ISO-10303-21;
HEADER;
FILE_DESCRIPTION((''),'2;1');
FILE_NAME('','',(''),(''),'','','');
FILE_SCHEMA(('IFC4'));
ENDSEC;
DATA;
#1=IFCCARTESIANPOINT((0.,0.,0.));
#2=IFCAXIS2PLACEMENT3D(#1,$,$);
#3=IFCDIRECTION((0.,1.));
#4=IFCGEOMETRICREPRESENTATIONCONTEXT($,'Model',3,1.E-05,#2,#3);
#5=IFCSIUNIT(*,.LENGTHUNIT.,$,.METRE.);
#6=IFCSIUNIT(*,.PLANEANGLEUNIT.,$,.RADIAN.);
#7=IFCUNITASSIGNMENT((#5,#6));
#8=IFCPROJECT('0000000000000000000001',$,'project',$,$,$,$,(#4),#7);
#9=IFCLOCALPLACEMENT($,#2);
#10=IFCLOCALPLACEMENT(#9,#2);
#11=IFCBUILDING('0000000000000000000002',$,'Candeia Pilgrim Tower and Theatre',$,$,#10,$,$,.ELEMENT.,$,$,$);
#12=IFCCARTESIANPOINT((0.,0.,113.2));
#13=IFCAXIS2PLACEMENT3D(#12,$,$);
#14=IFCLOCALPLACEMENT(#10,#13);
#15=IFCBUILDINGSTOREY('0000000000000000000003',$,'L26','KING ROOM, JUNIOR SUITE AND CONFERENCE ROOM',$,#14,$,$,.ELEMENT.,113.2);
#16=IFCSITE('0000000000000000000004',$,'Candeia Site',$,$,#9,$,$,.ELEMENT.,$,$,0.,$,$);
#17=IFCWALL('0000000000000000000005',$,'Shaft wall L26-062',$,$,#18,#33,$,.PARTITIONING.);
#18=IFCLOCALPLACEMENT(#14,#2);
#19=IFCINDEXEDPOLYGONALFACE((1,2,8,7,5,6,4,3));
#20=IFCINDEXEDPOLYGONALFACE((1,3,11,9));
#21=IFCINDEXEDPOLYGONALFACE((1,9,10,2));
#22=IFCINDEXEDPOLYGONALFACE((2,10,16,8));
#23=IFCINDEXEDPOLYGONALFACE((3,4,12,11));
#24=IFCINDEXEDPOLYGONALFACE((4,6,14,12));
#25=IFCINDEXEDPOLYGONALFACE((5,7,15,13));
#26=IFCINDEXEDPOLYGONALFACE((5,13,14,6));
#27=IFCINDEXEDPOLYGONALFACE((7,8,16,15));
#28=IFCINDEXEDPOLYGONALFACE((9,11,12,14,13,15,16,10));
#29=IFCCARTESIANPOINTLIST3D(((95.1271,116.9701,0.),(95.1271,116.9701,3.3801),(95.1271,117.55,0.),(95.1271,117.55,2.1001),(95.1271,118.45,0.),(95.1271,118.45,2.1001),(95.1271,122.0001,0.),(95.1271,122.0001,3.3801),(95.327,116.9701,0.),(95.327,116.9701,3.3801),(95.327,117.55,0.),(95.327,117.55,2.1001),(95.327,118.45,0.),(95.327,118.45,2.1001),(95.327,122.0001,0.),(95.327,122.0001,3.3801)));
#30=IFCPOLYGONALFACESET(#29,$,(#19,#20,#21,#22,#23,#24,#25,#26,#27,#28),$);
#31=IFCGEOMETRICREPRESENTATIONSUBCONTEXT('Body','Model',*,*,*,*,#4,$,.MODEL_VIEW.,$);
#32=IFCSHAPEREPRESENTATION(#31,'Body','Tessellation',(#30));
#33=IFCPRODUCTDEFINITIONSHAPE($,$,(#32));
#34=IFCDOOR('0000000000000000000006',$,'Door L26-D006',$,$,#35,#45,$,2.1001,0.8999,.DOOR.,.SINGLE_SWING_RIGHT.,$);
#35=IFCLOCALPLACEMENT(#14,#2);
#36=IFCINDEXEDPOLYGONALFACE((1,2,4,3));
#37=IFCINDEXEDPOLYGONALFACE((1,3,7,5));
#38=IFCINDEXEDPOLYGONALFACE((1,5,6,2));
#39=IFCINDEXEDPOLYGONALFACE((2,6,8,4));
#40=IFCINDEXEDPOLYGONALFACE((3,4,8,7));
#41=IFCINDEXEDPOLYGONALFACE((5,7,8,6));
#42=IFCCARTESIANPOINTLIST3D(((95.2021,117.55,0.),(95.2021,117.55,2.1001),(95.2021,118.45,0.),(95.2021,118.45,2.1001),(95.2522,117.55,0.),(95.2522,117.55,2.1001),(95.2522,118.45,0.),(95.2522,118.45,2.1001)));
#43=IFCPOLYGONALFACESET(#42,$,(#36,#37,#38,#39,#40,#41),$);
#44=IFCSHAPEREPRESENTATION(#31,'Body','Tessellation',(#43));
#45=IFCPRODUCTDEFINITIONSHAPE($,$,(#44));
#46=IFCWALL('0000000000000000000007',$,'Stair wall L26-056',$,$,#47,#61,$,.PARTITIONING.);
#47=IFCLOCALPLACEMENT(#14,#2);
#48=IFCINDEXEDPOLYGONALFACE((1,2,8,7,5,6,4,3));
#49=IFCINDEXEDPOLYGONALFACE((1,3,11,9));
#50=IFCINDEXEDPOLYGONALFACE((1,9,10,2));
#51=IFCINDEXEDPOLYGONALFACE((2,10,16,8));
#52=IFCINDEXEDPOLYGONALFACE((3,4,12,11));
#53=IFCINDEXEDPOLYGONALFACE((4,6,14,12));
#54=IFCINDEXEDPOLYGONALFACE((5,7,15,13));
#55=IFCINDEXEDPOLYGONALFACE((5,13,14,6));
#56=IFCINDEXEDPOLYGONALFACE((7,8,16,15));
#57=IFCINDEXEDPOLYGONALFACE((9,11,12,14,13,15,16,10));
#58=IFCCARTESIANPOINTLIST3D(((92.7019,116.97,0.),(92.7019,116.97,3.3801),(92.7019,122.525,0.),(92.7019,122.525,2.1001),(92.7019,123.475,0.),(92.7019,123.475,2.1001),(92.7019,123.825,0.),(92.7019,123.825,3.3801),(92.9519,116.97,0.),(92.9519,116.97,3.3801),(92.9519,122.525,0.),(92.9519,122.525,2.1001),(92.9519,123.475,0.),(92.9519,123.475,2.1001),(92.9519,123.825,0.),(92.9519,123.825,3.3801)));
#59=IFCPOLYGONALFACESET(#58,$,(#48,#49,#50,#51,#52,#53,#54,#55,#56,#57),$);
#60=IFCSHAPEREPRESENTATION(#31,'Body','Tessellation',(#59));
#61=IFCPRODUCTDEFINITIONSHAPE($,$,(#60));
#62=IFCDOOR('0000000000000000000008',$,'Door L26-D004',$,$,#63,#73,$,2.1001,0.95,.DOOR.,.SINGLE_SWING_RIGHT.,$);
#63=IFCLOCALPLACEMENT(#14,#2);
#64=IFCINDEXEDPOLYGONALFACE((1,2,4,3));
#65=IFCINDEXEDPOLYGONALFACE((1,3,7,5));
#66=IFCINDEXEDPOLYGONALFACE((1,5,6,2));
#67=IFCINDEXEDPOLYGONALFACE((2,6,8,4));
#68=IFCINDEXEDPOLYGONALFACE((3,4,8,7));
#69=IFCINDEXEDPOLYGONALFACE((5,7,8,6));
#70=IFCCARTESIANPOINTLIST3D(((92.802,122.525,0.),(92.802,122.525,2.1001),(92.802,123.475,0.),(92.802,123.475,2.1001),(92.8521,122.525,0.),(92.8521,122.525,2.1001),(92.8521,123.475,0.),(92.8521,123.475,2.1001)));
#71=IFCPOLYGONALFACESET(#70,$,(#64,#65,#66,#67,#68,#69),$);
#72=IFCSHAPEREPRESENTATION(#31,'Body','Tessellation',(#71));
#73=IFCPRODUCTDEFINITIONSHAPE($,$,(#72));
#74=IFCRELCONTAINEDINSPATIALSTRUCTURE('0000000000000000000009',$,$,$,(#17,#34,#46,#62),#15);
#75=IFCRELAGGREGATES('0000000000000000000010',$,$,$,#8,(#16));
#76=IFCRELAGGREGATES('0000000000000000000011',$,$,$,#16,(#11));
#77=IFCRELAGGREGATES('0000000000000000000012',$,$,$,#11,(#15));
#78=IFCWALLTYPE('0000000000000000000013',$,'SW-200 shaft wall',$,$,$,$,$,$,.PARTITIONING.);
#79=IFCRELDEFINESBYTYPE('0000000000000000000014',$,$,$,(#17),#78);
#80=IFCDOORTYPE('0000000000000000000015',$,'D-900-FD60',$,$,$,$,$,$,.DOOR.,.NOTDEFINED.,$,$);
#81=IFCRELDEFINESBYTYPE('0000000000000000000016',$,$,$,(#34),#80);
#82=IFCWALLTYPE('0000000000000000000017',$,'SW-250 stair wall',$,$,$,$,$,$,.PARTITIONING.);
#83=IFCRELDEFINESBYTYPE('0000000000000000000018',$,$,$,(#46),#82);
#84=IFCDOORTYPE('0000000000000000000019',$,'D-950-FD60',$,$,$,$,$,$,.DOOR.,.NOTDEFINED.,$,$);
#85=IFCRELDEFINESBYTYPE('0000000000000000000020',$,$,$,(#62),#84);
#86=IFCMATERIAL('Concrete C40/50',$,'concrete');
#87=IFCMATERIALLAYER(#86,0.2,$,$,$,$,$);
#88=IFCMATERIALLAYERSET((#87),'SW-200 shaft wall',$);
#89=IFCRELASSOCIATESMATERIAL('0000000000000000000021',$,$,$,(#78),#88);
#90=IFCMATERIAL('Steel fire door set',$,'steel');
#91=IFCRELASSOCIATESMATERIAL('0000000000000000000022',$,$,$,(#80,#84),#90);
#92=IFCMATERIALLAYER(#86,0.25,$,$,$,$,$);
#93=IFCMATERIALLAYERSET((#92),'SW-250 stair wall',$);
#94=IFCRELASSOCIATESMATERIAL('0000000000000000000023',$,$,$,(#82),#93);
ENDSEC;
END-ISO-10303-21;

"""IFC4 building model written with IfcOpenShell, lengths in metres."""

from ifc_helpers import new_model, si_unit, direction, frame, frame_2d, origin, place, context, subcontext, project, spatial, rectangle, extrude, material, layer, layer_set, type_object, element, fill, save


model = new_model("IFC4")

# Units and contexts
model_context = context("Model", 3, precision=1e-05, world=origin(), true_north=direction((0.0, 1.0)))
body_context = subcontext(model_context, "Body", "Model", "MODEL_VIEW")
ifc_project = project(units=[si_unit("LENGTHUNIT", "METRE"), si_unit("PLANEANGLEUNIT", "RADIAN")], contexts=[model_context])

# Site, building, storey
site_placement = place(None, origin())
site = spatial("IfcSite", under=ifc_project, at=site_placement, Name="Candeia Site", CompositionType="ELEMENT", RefElevation=0.0)
building_placement = place(site_placement, origin())
building = spatial("IfcBuilding", under=site, at=building_placement, Name="Candeia Pilgrim Tower and Theatre", CompositionType="ELEMENT")
storey_placement = place(building_placement, frame((0.0, 0.0, 113.2)))
storey = spatial("IfcBuildingStorey", under=building, at=storey_placement, Name="L26", Description="KING ROOM, JUNIOR SUITE AND CONFERENCE ROOM", CompositionType="ELEMENT", Elevation=113.2)

# Walls, openings, doors
ifc_material_1 = material(Name="Concrete C40/50", Category="concrete")
ifc_layer_1 = layer(ifc_material_1, 0.2)
ifc_layer_set_1 = layer_set([ifc_layer_1], Name="SW-200 shaft wall")
wall_type_1 = type_object("IfcWallType", Name="SW-200 shaft wall", PredefinedType="PARTITIONING", material=ifc_layer_set_1)
ifc_material_2 = material(Name="Steel fire door set", Category="steel")
door_type_1 = type_object("IfcDoorType", Name="D-900-FD60", OperationType="NOTDEFINED", PredefinedType="DOOR", material=ifc_material_2)
wall_1_placement = place(storey_placement, frame((95.2271, 116.97, 0.0), z_axis=(0.0, 0.0, 1.0), x_axis=(0.0, 1.0, 0.0)))
wall_1 = element("IfcWall", 1, at=wall_1_placement, inside=storey, type_object=wall_type_1, Name="Shaft wall L26-062", PredefinedType="PARTITIONING", context=body_context, shape_type="SweptSolid", body=[
    extrude(rectangle(XDim=5.03, YDim=0.2, at=frame_2d((2.5151, 0.0))), origin(), (0.0, 0.0, 1.0), 3.3801),
])
opening_1_placement = place(wall_1_placement, frame((0.5801, 0.0, 0.0)))
opening_1 = element("IfcOpeningElement", 2, at=opening_1_placement, cuts=wall_1, PredefinedType="OPENING", context=body_context, shape_type="SweptSolid", body=[
    extrude(rectangle(XDim=0.8999, YDim=2.1001, at=frame_2d((0.45, 1.05))), frame((0.0, 0.1099, 0.0), z_axis=(0.0, -1.0, 0.0), x_axis=(1.0, 0.0, 0.0)), (0.0, 0.0, 1.0), 0.22),
])
door_1_placement = place(opening_1_placement, origin())
door_1 = element("IfcDoor", 3, at=door_1_placement, inside=storey, type_object=door_type_1, Name="Door L26-D006", OperationType="SINGLE_SWING_RIGHT", OverallHeight=2.1001, OverallWidth=0.8999, PredefinedType="DOOR", context=body_context, shape_type="SweptSolid", body=[
    extrude(rectangle(XDim=0.8999, YDim=2.1001, at=frame_2d((0.45, 1.05))), frame((0.0, 0.0249, 0.0), z_axis=(0.0, -1.0, 0.0), x_axis=(1.0, 0.0, 0.0)), (0.0, 0.0, 1.0), 0.05),
])
fill(opening_1, door_1)
ifc_layer_2 = layer(ifc_material_1, 0.25)
ifc_layer_set_2 = layer_set([ifc_layer_2], Name="SW-250 stair wall")
wall_type_2 = type_object("IfcWallType", Name="SW-250 stair wall", PredefinedType="PARTITIONING", material=ifc_layer_set_2)
wall_2_placement = place(storey_placement, frame((92.8269, 116.97, 0.0), z_axis=(0.0, 0.0, 1.0), x_axis=(0.0, 1.0, 0.0)))
wall_2 = element("IfcWall", 4, at=wall_2_placement, inside=storey, type_object=wall_type_2, Name="Stair wall L26-056", PredefinedType="PARTITIONING", context=body_context, shape_type="SweptSolid", body=[
    extrude(rectangle(XDim=6.855, YDim=0.25, at=frame_2d((3.4275, 0.0))), origin(), (0.0, 0.0, 1.0), 3.3801),
])
opening_2_placement = place(wall_2_placement, frame((5.5549, 0.0, 0.0)))
opening_2 = element("IfcOpeningElement", 5, at=opening_2_placement, cuts=wall_2, PredefinedType="OPENING", context=body_context, shape_type="SweptSolid", body=[
    extrude(rectangle(XDim=0.95, YDim=2.1001, at=frame_2d((0.4751, 1.05))), frame((0.0, 0.135, 0.0), z_axis=(0.0, -1.0, 0.0), x_axis=(1.0, 0.0, 0.0)), (0.0, 0.0, 1.0), 0.27),
])
door_type_2 = type_object("IfcDoorType", Name="D-950-FD60", OperationType="NOTDEFINED", PredefinedType="DOOR", material=ifc_material_2)
door_2_placement = place(opening_2_placement, origin())
door_2 = element("IfcDoor", 6, at=door_2_placement, inside=storey, type_object=door_type_2, Name="Door L26-D004", OperationType="SINGLE_SWING_RIGHT", OverallHeight=2.1001, OverallWidth=0.95, PredefinedType="DOOR", context=body_context, shape_type="SweptSolid", body=[
    extrude(rectangle(XDim=0.95, YDim=2.1001, at=frame_2d((0.4751, 1.05))), frame((0.0, 0.0249, 0.0), z_axis=(0.0, -1.0, 0.0), x_axis=(1.0, 0.0, 0.0)), (0.0, 0.0, 1.0), 0.05),
])
fill(opening_2, door_2)

save(model, "model.ifc")
